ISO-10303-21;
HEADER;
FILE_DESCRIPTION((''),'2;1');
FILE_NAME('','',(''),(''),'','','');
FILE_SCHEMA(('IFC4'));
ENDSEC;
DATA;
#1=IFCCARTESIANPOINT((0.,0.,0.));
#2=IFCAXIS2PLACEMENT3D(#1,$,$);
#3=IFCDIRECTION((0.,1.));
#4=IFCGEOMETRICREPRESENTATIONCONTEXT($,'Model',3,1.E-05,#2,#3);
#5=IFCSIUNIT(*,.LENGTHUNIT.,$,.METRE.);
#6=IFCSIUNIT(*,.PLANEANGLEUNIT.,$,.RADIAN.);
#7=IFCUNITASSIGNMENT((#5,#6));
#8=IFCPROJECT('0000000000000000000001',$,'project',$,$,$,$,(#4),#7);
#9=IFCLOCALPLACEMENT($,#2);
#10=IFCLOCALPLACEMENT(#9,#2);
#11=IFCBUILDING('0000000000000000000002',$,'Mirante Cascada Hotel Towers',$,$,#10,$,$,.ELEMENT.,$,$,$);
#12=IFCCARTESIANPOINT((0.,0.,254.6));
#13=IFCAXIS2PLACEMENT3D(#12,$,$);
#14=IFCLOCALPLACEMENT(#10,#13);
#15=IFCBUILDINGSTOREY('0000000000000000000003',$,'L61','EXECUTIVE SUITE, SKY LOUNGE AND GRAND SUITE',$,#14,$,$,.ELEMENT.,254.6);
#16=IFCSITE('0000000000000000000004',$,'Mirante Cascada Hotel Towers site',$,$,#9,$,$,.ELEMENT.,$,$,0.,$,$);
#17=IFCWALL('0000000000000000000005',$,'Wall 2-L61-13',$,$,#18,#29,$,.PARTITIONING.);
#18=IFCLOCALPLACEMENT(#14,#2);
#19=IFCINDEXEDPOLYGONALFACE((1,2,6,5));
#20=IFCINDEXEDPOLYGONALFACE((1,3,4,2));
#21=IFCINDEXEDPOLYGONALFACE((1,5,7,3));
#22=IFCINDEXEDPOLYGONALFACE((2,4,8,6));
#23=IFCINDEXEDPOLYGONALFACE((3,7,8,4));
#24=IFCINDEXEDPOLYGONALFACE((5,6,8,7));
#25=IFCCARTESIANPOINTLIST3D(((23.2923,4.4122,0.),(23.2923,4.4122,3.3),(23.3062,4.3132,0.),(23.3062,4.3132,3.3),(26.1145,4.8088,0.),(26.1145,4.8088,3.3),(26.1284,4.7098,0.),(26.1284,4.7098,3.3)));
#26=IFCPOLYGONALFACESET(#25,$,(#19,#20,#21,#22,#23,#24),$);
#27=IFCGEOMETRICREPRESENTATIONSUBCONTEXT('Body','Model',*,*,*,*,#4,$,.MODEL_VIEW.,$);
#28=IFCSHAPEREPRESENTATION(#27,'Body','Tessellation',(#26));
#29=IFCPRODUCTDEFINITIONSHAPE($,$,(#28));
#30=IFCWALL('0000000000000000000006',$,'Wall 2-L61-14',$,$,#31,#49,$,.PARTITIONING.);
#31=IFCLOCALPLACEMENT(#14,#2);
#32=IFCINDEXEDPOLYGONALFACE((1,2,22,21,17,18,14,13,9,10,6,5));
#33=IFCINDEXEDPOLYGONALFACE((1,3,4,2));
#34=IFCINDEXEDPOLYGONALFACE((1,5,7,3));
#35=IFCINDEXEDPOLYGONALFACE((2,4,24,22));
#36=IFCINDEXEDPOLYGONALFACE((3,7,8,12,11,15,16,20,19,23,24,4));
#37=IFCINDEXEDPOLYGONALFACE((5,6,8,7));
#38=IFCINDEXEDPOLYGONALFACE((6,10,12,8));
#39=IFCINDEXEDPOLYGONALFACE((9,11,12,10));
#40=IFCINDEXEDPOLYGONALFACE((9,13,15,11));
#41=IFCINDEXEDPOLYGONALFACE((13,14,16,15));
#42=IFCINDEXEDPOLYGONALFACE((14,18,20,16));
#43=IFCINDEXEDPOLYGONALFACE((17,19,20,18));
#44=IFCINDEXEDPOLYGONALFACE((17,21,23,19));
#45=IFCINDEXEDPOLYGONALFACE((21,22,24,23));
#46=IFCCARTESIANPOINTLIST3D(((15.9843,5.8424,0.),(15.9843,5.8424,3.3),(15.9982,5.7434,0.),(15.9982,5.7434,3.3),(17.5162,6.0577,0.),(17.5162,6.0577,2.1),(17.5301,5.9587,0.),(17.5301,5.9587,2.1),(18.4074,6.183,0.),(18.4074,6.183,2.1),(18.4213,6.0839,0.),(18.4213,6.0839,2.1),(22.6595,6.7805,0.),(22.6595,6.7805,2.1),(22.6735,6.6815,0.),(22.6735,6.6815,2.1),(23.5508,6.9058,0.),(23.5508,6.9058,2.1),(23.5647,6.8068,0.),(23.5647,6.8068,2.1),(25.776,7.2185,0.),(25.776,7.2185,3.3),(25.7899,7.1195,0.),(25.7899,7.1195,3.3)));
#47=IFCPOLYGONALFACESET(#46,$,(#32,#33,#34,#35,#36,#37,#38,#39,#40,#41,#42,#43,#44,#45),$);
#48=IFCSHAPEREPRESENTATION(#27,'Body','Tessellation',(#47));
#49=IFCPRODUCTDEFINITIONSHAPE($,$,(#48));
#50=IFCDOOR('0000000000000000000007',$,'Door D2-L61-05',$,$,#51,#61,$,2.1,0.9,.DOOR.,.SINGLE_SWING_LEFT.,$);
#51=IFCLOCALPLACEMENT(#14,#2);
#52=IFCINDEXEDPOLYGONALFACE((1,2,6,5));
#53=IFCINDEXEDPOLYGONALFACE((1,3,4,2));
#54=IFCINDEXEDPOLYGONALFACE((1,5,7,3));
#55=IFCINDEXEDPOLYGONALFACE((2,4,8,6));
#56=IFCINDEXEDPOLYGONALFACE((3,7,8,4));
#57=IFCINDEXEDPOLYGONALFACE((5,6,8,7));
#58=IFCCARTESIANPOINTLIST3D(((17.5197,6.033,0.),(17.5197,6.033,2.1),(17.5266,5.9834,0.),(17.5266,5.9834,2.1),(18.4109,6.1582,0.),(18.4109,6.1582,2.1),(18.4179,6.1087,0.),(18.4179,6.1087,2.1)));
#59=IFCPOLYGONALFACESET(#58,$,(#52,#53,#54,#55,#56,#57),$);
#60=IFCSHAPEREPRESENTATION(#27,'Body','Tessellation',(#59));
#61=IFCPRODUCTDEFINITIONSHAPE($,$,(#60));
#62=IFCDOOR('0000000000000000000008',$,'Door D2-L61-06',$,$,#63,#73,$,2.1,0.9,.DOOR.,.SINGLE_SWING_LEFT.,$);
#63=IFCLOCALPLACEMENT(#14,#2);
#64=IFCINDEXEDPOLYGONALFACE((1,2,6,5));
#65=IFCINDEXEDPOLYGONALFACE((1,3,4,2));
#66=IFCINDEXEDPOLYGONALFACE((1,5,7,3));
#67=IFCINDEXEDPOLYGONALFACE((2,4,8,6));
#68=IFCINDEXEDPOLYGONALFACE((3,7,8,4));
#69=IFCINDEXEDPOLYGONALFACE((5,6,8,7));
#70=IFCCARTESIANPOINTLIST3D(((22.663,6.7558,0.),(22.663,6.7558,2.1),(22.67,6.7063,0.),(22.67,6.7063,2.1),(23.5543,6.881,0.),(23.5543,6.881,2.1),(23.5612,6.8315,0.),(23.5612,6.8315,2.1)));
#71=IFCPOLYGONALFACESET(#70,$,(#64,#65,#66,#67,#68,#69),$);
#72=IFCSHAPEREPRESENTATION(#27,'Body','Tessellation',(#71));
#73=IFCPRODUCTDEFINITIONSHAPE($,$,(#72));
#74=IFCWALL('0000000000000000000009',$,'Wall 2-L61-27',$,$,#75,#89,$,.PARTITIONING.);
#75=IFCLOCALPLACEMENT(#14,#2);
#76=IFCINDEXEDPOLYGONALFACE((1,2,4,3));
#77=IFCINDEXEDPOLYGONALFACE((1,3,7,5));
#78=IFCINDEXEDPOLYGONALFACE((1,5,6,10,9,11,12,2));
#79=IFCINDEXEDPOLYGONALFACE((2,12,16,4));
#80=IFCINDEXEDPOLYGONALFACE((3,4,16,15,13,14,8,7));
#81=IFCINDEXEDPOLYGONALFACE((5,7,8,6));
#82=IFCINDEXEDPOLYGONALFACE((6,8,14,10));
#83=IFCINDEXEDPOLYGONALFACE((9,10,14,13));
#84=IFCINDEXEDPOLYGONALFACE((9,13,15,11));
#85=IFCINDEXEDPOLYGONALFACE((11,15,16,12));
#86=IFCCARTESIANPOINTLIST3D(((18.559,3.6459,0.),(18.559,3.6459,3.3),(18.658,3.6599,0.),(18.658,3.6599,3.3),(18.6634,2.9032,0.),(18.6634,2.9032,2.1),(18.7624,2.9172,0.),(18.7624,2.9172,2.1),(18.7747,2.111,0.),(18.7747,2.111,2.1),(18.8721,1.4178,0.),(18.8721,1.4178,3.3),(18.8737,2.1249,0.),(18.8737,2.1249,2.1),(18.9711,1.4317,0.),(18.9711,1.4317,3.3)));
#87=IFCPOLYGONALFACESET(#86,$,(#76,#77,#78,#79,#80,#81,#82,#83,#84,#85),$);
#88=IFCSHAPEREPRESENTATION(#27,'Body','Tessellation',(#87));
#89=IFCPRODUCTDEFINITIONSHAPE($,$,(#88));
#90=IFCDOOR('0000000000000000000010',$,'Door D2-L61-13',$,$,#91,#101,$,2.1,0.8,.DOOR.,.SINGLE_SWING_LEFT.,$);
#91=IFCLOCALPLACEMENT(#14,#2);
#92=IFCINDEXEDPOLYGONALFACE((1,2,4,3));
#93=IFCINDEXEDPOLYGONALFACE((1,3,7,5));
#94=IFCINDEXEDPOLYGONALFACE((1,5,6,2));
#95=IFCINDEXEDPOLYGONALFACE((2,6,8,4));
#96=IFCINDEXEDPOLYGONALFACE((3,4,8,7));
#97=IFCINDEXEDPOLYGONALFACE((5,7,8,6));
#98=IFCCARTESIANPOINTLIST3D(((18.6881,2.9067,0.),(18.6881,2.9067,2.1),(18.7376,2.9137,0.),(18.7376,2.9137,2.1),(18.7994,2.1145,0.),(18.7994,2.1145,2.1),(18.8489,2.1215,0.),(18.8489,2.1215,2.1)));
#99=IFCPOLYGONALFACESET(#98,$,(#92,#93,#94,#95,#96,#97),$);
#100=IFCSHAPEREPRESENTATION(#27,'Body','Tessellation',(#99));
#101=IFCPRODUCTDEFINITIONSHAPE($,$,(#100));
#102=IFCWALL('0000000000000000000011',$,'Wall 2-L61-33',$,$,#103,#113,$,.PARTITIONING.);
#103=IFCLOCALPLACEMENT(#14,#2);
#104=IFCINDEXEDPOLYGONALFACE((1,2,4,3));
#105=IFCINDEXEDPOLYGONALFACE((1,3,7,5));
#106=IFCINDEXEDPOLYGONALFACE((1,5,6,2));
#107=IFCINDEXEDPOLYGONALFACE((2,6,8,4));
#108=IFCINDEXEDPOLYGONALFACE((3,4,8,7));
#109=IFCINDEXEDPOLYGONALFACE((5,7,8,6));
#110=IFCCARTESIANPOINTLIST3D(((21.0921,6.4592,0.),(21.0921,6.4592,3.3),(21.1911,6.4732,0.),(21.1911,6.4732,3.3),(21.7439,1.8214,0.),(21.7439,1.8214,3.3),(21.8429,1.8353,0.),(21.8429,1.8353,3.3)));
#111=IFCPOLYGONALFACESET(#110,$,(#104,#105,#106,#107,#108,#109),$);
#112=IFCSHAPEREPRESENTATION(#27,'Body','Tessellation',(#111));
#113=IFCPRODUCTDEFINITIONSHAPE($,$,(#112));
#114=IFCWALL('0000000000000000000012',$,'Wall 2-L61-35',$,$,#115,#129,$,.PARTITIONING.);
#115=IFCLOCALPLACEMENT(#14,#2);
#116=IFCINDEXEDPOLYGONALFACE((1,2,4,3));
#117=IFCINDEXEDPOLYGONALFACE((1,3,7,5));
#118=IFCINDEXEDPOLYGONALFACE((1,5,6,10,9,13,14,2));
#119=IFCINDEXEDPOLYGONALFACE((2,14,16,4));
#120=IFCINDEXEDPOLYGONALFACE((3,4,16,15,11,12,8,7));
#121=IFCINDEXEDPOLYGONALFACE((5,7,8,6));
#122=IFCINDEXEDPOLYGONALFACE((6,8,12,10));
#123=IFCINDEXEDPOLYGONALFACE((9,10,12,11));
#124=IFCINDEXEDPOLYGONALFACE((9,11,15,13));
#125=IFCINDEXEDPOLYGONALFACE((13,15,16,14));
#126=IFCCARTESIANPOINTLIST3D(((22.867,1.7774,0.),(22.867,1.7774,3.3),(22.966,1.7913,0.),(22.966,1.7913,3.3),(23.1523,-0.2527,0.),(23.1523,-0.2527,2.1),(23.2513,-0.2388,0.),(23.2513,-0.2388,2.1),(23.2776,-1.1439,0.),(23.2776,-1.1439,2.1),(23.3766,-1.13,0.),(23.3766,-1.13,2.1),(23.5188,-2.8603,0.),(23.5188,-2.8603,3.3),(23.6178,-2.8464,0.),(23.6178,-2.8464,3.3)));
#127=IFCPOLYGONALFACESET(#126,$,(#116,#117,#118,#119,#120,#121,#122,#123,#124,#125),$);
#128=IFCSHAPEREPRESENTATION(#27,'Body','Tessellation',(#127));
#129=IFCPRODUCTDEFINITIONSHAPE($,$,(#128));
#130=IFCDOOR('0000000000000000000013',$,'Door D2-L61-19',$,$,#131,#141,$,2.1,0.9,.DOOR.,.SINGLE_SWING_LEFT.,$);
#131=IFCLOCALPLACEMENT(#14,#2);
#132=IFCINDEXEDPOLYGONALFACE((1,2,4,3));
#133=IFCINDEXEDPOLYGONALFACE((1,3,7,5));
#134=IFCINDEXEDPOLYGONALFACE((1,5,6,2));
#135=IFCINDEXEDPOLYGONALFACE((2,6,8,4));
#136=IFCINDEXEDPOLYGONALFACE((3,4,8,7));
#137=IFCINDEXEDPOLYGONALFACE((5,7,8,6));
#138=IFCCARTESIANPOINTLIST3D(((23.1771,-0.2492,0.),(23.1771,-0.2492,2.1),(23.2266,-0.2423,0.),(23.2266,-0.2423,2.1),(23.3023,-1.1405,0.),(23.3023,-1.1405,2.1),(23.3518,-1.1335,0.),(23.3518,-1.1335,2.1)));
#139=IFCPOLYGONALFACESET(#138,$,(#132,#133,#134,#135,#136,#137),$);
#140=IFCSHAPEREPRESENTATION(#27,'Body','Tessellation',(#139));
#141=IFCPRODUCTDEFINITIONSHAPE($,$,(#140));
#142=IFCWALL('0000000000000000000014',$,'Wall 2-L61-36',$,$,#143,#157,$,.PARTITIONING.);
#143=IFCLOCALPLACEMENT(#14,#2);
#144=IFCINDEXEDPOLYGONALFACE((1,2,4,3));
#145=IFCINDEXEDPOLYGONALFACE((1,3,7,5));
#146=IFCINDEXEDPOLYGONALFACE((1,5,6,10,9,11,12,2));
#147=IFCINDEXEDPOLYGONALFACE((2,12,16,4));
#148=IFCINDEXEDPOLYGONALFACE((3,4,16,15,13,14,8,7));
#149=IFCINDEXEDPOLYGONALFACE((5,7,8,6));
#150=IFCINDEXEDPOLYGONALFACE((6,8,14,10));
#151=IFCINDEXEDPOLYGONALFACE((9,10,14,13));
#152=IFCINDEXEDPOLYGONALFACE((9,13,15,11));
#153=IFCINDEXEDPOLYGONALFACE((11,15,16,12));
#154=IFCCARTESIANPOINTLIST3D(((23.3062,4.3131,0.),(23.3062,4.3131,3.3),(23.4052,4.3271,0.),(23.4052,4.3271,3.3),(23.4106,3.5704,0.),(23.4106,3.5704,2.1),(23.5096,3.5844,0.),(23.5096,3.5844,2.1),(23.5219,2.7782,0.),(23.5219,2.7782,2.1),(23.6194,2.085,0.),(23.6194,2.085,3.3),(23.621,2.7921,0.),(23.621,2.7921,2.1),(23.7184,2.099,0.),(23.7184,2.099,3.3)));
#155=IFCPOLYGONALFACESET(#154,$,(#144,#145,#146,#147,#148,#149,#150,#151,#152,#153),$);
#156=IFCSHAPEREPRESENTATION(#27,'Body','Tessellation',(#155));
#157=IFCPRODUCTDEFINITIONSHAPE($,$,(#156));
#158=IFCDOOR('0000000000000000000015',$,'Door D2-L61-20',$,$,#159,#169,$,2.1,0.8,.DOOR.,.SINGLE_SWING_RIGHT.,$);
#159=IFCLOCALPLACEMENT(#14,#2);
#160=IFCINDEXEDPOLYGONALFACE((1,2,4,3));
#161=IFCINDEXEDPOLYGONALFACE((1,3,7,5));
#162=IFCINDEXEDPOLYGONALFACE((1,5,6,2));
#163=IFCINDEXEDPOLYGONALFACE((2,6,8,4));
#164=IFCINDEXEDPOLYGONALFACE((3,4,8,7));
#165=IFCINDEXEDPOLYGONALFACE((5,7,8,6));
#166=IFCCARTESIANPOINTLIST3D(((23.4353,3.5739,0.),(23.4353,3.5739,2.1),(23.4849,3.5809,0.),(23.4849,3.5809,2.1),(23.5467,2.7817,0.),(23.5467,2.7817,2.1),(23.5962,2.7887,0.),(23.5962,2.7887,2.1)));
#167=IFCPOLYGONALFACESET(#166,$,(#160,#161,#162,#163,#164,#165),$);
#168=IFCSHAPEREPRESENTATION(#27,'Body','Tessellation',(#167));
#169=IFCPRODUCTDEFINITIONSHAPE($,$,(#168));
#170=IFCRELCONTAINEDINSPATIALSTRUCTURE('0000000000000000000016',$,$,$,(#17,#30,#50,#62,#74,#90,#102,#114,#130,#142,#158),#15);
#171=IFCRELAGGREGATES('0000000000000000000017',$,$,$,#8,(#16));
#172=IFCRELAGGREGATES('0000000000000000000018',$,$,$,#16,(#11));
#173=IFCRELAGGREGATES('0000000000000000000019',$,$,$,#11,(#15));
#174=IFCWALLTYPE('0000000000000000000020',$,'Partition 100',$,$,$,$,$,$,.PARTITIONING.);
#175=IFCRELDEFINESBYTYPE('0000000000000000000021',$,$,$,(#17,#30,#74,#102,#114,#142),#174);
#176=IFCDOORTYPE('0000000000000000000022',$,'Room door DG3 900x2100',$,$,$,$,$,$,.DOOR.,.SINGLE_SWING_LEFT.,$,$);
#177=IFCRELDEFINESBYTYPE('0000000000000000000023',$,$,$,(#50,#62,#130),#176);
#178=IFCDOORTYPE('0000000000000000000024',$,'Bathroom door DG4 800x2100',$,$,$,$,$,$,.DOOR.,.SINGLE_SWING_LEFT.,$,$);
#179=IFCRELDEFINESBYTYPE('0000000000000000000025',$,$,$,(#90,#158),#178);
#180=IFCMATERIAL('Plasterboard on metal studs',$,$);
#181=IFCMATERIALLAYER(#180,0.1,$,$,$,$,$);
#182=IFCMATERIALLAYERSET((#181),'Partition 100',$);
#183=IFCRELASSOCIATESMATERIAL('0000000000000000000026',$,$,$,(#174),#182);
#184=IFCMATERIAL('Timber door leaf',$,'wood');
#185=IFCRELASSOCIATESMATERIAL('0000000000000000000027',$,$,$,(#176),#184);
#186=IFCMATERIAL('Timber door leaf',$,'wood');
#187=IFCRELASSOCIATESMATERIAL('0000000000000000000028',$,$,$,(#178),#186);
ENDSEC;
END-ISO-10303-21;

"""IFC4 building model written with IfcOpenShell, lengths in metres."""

from ifc_helpers import new_model, si_unit, direction, frame, frame_2d, origin, place, context, subcontext, project, spatial, rectangle, extrude, material, layer, layer_set, type_object, element, fill, save


model = new_model("IFC4")

# Units and contexts
model_context = context("Model", 3, precision=1e-05, world=origin(), true_north=direction((0.0, 1.0)))
body_context = subcontext(model_context, "Body", "Model", "MODEL_VIEW")
ifc_project = project(units=[si_unit("LENGTHUNIT", "METRE"), si_unit("PLANEANGLEUNIT", "RADIAN")], contexts=[model_context])

# Site, building, storey
site_placement = place(None, origin())
site = spatial("IfcSite", under=ifc_project, at=site_placement, Name="Mirante Cascada Hotel Towers site", CompositionType="ELEMENT", RefElevation=0.0)
building_placement = place(site_placement, origin())
building = spatial("IfcBuilding", under=site, at=building_placement, Name="Mirante Cascada Hotel Towers", CompositionType="ELEMENT")
storey_placement = place(building_placement, frame((0.0, 0.0, 254.6)))
storey = spatial("IfcBuildingStorey", under=building, at=storey_placement, Name="L61", Description="EXECUTIVE SUITE, SKY LOUNGE AND GRAND SUITE", CompositionType="ELEMENT", Elevation=254.6)

# Wall
ifc_material_1 = material(Name="Plasterboard on metal studs")
ifc_layer_1 = layer(ifc_material_1, 0.1)
ifc_layer_set_1 = layer_set([ifc_layer_1], Name="Partition 100")
wall_type_1 = type_object("IfcWallType", Name="Partition 100", PredefinedType="PARTITIONING", material=ifc_layer_set_1)
wall_1_placement = place(storey_placement, frame((26.1215, 4.7593, 0.0), z_axis=(0.0, 0.0, 1.0), x_axis=(-0.99027, -0.139161, 0.0)))
element("IfcWall", 1, at=wall_1_placement, inside=storey, type_object=wall_type_1, Name="Wall 2-L61-13", PredefinedType="PARTITIONING", context=body_context, shape_type="SweptSolid", body=[
    extrude(rectangle(XDim=2.8499, YDim=0.1, at=frame_2d((1.425, 0.0))), origin(), (0.0, 0.0, 1.0), 3.3),
])

# Wall, openings, doors
wall_2_placement = place(storey_placement, frame((15.9912, 5.7929, 0.0), z_axis=(0.0, 0.0, 1.0), x_axis=(0.990268, 0.13917, 0.0)))
wall_2 = element("IfcWall", 2, at=wall_2_placement, inside=storey, type_object=wall_type_1, Name="Wall 2-L61-14", PredefinedType="PARTITIONING", context=body_context, shape_type="SweptSolid", body=[
    extrude(rectangle(XDim=9.8879, YDim=0.1, at=frame_2d((4.944, 0.0))), origin(), (0.0, 0.0, 1.0), 3.3),
])
opening_1_placement = place(wall_2_placement, frame((1.547, 0.0, 0.0)))
opening_1 = element("IfcOpeningElement", 3, at=opening_1_placement, cuts=wall_2, PredefinedType="OPENING", context=body_context, shape_type="SweptSolid", body=[
    extrude(rectangle(XDim=0.9, YDim=2.1, at=frame_2d((0.45, 1.05))), frame((0.0, 0.05, 0.0), z_axis=(0.0, -1.0, 0.0), x_axis=(1.0, 0.0, 0.0)), (0.0, 0.0, 1.0), 0.1),
])
opening_2_placement = place(wall_2_placement, frame((6.7409, 0.0, 0.0)))
opening_2 = element("IfcOpeningElement", 4, at=opening_2_placement, cuts=wall_2, PredefinedType="OPENING", context=body_context, shape_type="SweptSolid", body=[
    extrude(rectangle(XDim=0.9, YDim=2.1, at=frame_2d((0.45, 1.05))), frame((0.0, 0.05, 0.0), z_axis=(0.0, -1.0, 0.0), x_axis=(1.0, 0.0, 0.0)), (0.0, 0.0, 1.0), 0.1),
])
ifc_material_2 = material(Name="Timber door leaf", Category="wood")
door_type_1 = type_object("IfcDoorType", Name="Room door DG3 900x2100", OperationType="SINGLE_SWING_LEFT", PredefinedType="DOOR", material=ifc_material_2)
door_1_placement = place(opening_1_placement, origin())
door_1 = element("IfcDoor", 5, at=door_1_placement, inside=storey, type_object=door_type_1, Name="Door D2-L61-05", OperationType="SINGLE_SWING_LEFT", OverallHeight=2.1, OverallWidth=0.9, PredefinedType="DOOR", context=body_context, shape_type="SweptSolid", body=[
    extrude(rectangle(XDim=0.9, YDim=2.1, at=frame_2d((0.45, 1.05))), frame((0.0, 0.025, 0.0), z_axis=(0.0, -1.0, 0.0), x_axis=(1.0, 0.0, 0.0)), (0.0, 0.0, 1.0), 0.05),
])
fill(opening_1, door_1)
door_2_placement = place(opening_2_placement, origin())
door_2 = element("IfcDoor", 6, at=door_2_placement, inside=storey, type_object=door_type_1, Name="Door D2-L61-06", OperationType="SINGLE_SWING_LEFT", OverallHeight=2.1, OverallWidth=0.9, PredefinedType="DOOR", context=body_context, shape_type="SweptSolid", body=[
    extrude(rectangle(XDim=0.9, YDim=2.1, at=frame_2d((0.45, 1.05))), frame((0.0, 0.025, 0.0), z_axis=(0.0, -1.0, 0.0), x_axis=(1.0, 0.0, 0.0)), (0.0, 0.0, 1.0), 0.05),
])
fill(opening_2, door_2)

# Wall, opening, door
wall_3_placement = place(storey_placement, frame((18.6085, 3.6529, 0.0), z_axis=(0.0, 0.0, 1.0), x_axis=(0.139156, -0.990271, 0.0)))
wall_3 = element("IfcWall", 7, at=wall_3_placement, inside=storey, type_object=wall_type_1, Name="Wall 2-L61-27", PredefinedType="PARTITIONING", context=body_context, shape_type="SweptSolid", body=[
    extrude(rectangle(XDim=2.25, YDim=0.1, at=frame_2d((1.125, 0.0))), origin(), (0.0, 0.0, 1.0), 3.3),
])
opening_3_placement = place(wall_3_placement, frame((0.75, 0.0, 0.0)))
opening_3 = element("IfcOpeningElement", 8, at=opening_3_placement, cuts=wall_3, PredefinedType="OPENING", context=body_context, shape_type="SweptSolid", body=[
    extrude(rectangle(XDim=0.8, YDim=2.1, at=frame_2d((0.4, 1.05))), frame((0.0, 0.05, 0.0), z_axis=(0.0, -1.0, 0.0), x_axis=(1.0, 0.0, 0.0)), (0.0, 0.0, 1.0), 0.1),
])
ifc_material_3 = material(Name="Timber door leaf", Category="wood")
door_type_2 = type_object("IfcDoorType", Name="Bathroom door DG4 800x2100", OperationType="SINGLE_SWING_LEFT", PredefinedType="DOOR", material=ifc_material_3)
door_3_placement = place(opening_3_placement, origin())
door_3 = element("IfcDoor", 9, at=door_3_placement, inside=storey, type_object=door_type_2, Name="Door D2-L61-13", OperationType="SINGLE_SWING_LEFT", OverallHeight=2.1, OverallWidth=0.8, PredefinedType="DOOR", context=body_context, shape_type="SweptSolid", body=[
    extrude(rectangle(XDim=0.8, YDim=2.1, at=frame_2d((0.4, 1.05))), frame((0.0, 0.025, 0.0), z_axis=(0.0, -1.0, 0.0), x_axis=(1.0, 0.0, 0.0)), (0.0, 0.0, 1.0), 0.05),
])
fill(opening_3, door_3)

# Wall
wall_4_placement = place(storey_placement, frame((21.1416, 6.4662, 0.0), z_axis=(0.0, 0.0, 1.0), x_axis=(0.139173, -0.990268, 0.0)))
element("IfcWall", 10, at=wall_4_placement, inside=storey, type_object=wall_type_1, Name="Wall 2-L61-33", PredefinedType="PARTITIONING", context=body_context, shape_type="SweptSolid", body=[
    extrude(rectangle(XDim=4.6834, YDim=0.1, at=frame_2d((2.3417, 0.0))), origin(), (0.0, 0.0, 1.0), 3.3),
])

# Walls, openings, doors
wall_5_placement = place(storey_placement, frame((22.9165, 1.7843, 0.0), z_axis=(0.0, 0.0, 1.0), x_axis=(0.139176, -0.990268, 0.0)))
wall_5 = element("IfcWall", 11, at=wall_5_placement, inside=storey, type_object=wall_type_1, Name="Wall 2-L61-35", PredefinedType="PARTITIONING", context=body_context, shape_type="SweptSolid", body=[
    extrude(rectangle(XDim=4.6833, YDim=0.1, at=frame_2d((2.3416, 0.0))), origin(), (0.0, 0.0, 1.0), 3.3),
])
opening_4_placement = place(wall_5_placement, frame((2.05, 0.0, 0.0)))
opening_4 = element("IfcOpeningElement", 12, at=opening_4_placement, cuts=wall_5, PredefinedType="OPENING", context=body_context, shape_type="SweptSolid", body=[
    extrude(rectangle(XDim=0.9, YDim=2.1, at=frame_2d((0.45, 1.05))), frame((0.0, 0.05, 0.0), z_axis=(0.0, -1.0, 0.0), x_axis=(1.0, 0.0, 0.0)), (0.0, 0.0, 1.0), 0.1),
])
door_4_placement = place(opening_4_placement, origin())
door_4 = element("IfcDoor", 13, at=door_4_placement, inside=storey, type_object=door_type_1, Name="Door D2-L61-19", OperationType="SINGLE_SWING_LEFT", OverallHeight=2.1, OverallWidth=0.9, PredefinedType="DOOR", context=body_context, shape_type="SweptSolid", body=[
    extrude(rectangle(XDim=0.9, YDim=2.1, at=frame_2d((0.45, 1.05))), frame((0.0, 0.025, 0.0), z_axis=(0.0, -1.0, 0.0), x_axis=(1.0, 0.0, 0.0)), (0.0, 0.0, 1.0), 0.05),
])
fill(opening_4, door_4)
wall_6_placement = place(storey_placement, frame((23.6689, 2.092, 0.0), z_axis=(0.0, 0.0, 1.0), x_axis=(-0.1392, 0.990264, 0.0)))
wall_6 = element("IfcWall", 14, at=wall_6_placement, inside=storey, type_object=wall_type_1, Name="Wall 2-L61-36", PredefinedType="PARTITIONING", context=body_context, shape_type="SweptSolid", body=[
    extrude(rectangle(XDim=2.25, YDim=0.1, at=frame_2d((1.125, 0.0))), origin(), (0.0, 0.0, 1.0), 3.3),
])
opening_5_placement = place(wall_6_placement, frame((0.7, 0.0, 0.0)))
opening_5 = element("IfcOpeningElement", 15, at=opening_5_placement, cuts=wall_6, PredefinedType="OPENING", context=body_context, shape_type="SweptSolid", body=[
    extrude(rectangle(XDim=0.8, YDim=2.1, at=frame_2d((0.4, 1.05))), frame((0.0, 0.05, 0.0), z_axis=(0.0, -1.0, 0.0), x_axis=(1.0, 0.0, 0.0)), (0.0, 0.0, 1.0), 0.1),
])
door_5_placement = place(opening_5_placement, frame((0.8, 0.0, 0.0), z_axis=(0.0, 0.0, 1.0), x_axis=(-1.0, 0.0, 0.0)))
door_5 = element("IfcDoor", 16, at=door_5_placement, inside=storey, type_object=door_type_2, Name="Door D2-L61-20", OperationType="SINGLE_SWING_RIGHT", OverallHeight=2.1, OverallWidth=0.8, PredefinedType="DOOR", context=body_context, shape_type="SweptSolid", body=[
    extrude(rectangle(XDim=0.8, YDim=2.1, at=frame_2d((0.4, 1.05))), frame((0.0, 0.025, 0.0), z_axis=(0.0, -1.0, 0.0), x_axis=(1.0, 0.0, 0.0)), (0.0, 0.0, 1.0), 0.05),
])
fill(opening_5, door_5)

save(model, "model.ifc")
